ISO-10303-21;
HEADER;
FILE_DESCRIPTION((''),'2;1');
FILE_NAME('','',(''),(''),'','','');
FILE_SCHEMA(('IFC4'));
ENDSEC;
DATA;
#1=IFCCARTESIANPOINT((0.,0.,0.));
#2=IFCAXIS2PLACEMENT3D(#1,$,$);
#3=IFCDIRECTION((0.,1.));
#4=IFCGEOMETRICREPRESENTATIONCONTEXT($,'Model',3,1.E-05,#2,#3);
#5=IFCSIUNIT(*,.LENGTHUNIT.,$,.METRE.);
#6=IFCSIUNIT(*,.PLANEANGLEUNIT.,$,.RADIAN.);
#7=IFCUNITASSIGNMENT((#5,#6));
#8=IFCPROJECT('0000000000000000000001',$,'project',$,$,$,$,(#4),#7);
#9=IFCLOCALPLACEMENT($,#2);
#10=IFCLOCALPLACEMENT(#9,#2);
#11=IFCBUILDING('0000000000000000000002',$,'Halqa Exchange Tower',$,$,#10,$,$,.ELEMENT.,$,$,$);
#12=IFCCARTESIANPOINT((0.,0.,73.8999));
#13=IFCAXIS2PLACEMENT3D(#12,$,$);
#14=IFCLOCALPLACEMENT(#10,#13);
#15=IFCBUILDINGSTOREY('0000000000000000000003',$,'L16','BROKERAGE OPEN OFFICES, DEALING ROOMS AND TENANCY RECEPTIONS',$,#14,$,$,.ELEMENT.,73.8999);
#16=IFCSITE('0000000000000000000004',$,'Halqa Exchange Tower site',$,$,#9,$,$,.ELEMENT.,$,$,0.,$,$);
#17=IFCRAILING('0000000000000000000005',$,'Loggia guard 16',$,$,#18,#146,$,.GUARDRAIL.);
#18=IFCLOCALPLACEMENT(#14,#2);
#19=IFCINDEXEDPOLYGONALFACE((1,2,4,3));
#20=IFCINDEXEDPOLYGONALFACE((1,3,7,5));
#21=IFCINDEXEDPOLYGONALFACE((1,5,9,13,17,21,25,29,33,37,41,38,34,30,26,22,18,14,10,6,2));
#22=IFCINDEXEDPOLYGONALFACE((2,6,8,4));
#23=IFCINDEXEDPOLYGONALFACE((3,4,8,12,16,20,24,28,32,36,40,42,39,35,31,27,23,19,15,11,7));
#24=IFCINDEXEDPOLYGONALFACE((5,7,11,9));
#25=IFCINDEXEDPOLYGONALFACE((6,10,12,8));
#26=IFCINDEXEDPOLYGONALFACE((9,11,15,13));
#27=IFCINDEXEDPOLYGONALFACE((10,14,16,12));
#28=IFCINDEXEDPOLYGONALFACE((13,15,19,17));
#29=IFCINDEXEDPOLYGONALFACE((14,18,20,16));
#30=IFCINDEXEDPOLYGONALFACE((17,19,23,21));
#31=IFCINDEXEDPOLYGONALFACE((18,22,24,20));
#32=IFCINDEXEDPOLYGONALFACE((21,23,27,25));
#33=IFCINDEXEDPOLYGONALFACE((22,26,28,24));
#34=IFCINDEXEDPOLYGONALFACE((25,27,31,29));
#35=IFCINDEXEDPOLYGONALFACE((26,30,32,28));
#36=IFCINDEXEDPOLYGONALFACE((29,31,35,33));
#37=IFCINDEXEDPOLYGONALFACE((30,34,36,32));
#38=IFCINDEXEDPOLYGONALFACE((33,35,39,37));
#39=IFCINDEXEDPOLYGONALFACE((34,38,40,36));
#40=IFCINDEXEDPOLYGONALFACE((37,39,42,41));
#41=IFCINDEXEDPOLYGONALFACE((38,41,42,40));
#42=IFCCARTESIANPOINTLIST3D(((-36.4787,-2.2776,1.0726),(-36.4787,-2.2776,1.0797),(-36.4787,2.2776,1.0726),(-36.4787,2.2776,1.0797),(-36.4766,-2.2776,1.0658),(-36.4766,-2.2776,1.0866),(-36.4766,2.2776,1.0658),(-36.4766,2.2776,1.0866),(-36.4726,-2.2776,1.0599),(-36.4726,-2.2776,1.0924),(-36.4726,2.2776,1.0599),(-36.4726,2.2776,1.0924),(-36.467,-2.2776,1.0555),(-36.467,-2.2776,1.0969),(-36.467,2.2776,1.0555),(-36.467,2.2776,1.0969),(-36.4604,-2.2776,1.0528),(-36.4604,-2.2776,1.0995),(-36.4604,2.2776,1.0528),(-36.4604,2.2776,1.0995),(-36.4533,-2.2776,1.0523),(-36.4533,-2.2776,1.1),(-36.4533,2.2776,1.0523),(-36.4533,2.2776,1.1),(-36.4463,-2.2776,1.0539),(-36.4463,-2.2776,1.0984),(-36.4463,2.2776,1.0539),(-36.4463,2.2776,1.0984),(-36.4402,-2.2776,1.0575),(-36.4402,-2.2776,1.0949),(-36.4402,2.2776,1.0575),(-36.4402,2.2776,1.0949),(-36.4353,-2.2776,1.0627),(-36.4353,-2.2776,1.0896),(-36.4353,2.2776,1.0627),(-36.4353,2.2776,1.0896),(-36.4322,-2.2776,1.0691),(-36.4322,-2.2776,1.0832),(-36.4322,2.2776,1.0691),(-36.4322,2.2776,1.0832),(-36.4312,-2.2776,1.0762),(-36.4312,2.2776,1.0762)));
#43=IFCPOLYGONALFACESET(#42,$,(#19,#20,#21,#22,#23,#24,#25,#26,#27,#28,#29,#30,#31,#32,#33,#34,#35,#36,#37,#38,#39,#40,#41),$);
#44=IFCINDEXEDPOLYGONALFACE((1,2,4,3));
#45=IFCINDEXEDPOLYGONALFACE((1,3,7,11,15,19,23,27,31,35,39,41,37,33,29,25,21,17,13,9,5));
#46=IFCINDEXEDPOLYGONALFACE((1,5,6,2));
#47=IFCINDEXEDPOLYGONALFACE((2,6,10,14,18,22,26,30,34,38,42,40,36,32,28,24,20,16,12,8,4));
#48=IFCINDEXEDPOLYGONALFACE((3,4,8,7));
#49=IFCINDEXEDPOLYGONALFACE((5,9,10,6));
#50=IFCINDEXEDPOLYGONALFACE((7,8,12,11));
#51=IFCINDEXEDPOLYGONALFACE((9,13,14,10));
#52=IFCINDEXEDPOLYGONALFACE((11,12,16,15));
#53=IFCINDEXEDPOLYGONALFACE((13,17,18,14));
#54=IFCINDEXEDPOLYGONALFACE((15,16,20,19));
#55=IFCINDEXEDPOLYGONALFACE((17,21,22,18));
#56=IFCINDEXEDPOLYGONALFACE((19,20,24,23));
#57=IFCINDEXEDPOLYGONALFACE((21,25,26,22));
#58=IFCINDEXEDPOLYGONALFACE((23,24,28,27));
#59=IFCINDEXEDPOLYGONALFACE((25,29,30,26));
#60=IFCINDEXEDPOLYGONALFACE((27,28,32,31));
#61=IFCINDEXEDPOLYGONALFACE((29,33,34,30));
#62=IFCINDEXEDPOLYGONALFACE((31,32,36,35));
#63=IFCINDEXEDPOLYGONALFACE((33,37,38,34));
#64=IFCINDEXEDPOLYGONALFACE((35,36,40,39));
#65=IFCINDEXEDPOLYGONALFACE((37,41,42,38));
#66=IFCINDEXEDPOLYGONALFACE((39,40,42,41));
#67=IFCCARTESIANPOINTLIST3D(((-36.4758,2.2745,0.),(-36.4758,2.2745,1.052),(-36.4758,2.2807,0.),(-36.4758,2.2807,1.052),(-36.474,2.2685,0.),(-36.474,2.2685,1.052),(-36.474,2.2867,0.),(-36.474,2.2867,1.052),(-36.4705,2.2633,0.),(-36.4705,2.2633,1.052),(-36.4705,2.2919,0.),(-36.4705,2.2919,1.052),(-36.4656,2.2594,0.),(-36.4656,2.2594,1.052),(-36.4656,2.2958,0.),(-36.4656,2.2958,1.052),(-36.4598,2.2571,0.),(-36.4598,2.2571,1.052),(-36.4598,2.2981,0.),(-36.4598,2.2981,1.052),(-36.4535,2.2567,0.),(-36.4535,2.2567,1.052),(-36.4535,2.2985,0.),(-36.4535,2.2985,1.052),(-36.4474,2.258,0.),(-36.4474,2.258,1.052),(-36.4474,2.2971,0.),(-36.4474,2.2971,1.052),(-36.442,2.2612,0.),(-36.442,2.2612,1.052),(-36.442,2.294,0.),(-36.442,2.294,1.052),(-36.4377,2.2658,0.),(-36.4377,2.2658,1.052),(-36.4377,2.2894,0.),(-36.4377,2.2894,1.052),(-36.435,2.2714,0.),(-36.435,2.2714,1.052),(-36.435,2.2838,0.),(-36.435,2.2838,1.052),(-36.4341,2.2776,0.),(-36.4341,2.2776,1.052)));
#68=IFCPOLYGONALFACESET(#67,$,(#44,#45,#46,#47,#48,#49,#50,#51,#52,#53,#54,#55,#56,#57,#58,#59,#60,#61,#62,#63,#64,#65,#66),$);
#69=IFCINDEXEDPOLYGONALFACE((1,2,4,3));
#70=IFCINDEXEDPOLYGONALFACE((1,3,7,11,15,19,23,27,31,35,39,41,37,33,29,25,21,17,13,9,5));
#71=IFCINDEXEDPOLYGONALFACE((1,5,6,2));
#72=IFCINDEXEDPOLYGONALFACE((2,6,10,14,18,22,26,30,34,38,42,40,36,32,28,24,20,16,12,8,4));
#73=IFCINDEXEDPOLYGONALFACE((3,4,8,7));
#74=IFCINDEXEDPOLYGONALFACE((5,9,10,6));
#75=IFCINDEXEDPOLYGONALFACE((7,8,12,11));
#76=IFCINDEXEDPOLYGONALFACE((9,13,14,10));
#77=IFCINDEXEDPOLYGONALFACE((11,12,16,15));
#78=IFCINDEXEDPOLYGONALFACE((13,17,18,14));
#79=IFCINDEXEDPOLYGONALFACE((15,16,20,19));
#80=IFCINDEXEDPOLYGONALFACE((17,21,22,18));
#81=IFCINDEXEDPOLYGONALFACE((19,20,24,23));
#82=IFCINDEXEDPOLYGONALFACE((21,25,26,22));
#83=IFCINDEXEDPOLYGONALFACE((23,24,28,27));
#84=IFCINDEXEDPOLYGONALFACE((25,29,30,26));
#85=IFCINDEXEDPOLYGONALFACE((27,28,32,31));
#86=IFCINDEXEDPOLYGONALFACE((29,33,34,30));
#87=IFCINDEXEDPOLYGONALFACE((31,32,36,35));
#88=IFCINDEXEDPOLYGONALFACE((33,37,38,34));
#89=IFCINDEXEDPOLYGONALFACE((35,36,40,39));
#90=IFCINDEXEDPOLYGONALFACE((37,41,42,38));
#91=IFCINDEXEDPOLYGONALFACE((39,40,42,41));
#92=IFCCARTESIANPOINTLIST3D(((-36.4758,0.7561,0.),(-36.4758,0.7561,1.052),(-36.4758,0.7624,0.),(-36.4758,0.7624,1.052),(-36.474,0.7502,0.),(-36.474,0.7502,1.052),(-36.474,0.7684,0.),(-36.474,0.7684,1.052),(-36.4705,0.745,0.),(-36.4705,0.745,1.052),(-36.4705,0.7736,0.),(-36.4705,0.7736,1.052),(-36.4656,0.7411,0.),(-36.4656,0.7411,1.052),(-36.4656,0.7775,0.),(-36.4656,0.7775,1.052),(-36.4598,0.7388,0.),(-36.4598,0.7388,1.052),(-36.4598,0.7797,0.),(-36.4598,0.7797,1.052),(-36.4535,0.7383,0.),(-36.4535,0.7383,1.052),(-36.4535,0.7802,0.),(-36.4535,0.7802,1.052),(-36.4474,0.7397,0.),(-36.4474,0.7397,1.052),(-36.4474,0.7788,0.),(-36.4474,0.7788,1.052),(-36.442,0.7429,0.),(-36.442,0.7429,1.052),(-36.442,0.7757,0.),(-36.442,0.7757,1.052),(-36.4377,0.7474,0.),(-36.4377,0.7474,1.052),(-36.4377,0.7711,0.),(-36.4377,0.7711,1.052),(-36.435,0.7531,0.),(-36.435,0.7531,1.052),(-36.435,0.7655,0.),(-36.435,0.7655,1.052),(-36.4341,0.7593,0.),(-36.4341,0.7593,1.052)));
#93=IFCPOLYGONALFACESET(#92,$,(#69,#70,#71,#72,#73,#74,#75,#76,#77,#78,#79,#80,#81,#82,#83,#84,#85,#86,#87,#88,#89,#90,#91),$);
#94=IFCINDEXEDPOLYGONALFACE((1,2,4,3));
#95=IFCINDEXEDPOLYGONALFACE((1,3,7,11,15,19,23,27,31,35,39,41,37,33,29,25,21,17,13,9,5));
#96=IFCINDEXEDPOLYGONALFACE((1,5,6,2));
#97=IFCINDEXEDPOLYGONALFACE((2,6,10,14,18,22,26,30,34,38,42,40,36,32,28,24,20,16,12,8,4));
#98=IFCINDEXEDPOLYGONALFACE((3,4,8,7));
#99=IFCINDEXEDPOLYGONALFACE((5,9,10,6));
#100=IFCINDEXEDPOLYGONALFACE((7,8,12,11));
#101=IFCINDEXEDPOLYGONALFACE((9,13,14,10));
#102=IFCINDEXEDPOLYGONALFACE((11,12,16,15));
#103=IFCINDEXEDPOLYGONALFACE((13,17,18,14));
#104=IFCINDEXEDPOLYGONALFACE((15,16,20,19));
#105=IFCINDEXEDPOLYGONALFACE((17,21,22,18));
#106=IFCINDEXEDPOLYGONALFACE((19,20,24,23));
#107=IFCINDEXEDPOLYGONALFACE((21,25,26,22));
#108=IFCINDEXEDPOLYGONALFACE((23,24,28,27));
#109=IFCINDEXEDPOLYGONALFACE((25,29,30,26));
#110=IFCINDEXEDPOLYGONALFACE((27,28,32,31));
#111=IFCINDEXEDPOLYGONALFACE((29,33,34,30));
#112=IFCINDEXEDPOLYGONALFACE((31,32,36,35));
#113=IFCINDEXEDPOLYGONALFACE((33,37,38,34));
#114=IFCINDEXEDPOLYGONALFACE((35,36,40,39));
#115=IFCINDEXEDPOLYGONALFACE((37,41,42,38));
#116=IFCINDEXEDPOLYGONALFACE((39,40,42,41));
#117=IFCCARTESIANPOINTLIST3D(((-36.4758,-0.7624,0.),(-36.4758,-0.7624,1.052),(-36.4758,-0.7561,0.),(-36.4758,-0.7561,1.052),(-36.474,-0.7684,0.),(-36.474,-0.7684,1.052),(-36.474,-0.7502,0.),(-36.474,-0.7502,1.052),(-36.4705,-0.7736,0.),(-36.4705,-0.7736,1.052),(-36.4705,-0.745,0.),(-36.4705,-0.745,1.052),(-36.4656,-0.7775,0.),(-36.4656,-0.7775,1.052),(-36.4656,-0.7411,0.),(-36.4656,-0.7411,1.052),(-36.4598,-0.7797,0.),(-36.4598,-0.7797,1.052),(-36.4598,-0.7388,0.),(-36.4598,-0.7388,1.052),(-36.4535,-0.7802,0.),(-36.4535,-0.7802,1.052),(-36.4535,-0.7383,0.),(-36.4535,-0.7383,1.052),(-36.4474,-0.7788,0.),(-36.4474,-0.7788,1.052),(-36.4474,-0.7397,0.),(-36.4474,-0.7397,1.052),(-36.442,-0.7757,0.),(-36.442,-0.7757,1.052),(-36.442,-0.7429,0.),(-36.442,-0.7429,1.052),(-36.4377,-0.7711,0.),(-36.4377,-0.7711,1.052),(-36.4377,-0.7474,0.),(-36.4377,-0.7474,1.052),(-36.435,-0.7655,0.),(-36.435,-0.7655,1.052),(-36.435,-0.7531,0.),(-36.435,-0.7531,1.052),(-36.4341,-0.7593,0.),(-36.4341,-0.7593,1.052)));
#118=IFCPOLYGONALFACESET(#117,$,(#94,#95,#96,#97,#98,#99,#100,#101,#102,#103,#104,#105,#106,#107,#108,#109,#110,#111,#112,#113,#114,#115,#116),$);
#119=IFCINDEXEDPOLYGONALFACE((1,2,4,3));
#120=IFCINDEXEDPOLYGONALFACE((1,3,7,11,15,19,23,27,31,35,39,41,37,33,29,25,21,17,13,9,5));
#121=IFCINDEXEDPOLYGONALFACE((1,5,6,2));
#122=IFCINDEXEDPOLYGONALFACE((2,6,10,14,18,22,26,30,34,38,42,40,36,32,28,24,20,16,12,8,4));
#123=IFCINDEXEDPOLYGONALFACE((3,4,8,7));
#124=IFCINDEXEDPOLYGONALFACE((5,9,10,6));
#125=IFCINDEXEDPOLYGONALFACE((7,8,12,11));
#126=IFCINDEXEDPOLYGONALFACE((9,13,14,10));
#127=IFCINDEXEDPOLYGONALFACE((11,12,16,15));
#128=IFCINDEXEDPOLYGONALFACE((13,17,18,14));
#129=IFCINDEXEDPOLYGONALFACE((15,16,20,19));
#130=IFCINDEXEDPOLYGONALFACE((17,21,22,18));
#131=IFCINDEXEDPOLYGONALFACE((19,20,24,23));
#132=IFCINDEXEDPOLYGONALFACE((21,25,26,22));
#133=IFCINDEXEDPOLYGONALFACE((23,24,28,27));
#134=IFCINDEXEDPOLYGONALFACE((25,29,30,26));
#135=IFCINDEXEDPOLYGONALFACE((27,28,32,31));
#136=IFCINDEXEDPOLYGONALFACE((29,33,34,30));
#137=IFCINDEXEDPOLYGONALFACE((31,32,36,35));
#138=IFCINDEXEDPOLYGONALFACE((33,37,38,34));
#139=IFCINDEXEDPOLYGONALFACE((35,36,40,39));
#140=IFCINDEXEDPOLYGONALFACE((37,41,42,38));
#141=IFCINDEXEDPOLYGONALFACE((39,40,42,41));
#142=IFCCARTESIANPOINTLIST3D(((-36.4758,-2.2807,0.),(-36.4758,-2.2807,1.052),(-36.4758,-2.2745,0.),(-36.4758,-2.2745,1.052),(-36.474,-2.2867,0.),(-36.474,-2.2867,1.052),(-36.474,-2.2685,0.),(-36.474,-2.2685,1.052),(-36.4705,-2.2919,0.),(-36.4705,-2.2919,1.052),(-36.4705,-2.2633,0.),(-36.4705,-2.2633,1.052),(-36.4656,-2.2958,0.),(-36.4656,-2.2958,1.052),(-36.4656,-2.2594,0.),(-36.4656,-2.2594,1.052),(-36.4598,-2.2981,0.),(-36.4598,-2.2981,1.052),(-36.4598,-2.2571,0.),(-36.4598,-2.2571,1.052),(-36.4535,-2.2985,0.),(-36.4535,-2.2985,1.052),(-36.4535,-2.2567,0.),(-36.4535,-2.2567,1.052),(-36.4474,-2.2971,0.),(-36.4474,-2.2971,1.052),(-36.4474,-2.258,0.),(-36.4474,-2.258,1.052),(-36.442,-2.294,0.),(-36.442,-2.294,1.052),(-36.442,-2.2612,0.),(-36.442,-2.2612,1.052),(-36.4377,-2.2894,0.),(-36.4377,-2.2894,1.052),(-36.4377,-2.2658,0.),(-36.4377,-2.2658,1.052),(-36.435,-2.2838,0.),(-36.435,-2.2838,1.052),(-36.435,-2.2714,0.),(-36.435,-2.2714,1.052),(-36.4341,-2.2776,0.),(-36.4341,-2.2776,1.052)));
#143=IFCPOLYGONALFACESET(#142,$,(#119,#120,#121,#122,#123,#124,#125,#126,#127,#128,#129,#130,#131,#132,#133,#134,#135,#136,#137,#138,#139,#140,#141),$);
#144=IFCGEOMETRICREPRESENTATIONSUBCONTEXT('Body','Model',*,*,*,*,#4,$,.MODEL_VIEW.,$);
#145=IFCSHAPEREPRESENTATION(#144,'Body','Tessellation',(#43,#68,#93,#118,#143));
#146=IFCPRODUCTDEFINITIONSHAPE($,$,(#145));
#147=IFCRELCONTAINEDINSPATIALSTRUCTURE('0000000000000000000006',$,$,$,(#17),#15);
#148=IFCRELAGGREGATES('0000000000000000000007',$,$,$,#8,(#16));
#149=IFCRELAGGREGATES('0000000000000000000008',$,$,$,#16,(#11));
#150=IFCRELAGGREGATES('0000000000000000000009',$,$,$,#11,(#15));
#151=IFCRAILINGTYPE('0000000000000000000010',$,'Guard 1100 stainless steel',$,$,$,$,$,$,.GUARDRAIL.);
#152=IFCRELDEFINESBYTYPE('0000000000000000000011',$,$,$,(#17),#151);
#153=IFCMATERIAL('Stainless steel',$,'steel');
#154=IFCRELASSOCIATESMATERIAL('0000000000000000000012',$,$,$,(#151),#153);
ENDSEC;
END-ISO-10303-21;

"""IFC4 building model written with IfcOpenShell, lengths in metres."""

from ifc_helpers import new_model, si_unit, direction, frame, origin, origin_2d, place, context, subcontext, project, spatial, circle, extrude, material, type_object, element, save


model = new_model("IFC4")

# Units and contexts
model_context = context("Model", 3, precision=1e-05, world=origin(), true_north=direction((0.0, 1.0)))
body_context = subcontext(model_context, "Body", "Model", "MODEL_VIEW")
ifc_project = project(units=[si_unit("LENGTHUNIT", "METRE"), si_unit("PLANEANGLEUNIT", "RADIAN")], contexts=[model_context])

# Site, building, storey
site_placement = place(None, origin())
site = spatial("IfcSite", under=ifc_project, at=site_placement, Name="Halqa Exchange Tower site", CompositionType="ELEMENT", RefElevation=0.0)
building_placement = place(site_placement, origin())
building = spatial("IfcBuilding", under=site, at=building_placement, Name="Halqa Exchange Tower", CompositionType="ELEMENT")
storey_placement = place(building_placement, frame((0.0, 0.0, 73.8999)))
storey = spatial("IfcBuildingStorey", under=building, at=storey_placement, Name="L16", Description="BROKERAGE OPEN OFFICES, DEALING ROOMS AND TENANCY RECEPTIONS", CompositionType="ELEMENT", Elevation=73.8999)

# Railing
ifc_material_1 = material(Name="Stainless steel", Category="steel")
railing_type = type_object("IfcRailingType", Name="Guard 1100 stainless steel", PredefinedType="GUARDRAIL", material=ifc_material_1)
railing_1_placement = place(storey_placement, frame((-36.4551, 2.2776, 0.0)))
element("IfcRailing", 1, at=railing_1_placement, inside=storey, type_object=railing_type, Name="Loggia guard 16", PredefinedType="GUARDRAIL", context=body_context, shape_type="SweptSolid", body=[
    extrude(circle(Radius=0.0239, at=origin_2d()), frame((0.0, 0.0, 1.0762), z_axis=(0.0, -1.0, 0.0), x_axis=(1.0, 0.0, 0.0)), (0.0, 0.0, 1.0), 4.5552),
    extrude(circle(Radius=0.021, at=origin_2d()), origin(), (0.0, 0.0, 1.0), 1.052),
    extrude(circle(Radius=0.021, at=origin_2d()), frame((0.0, -1.5183, 0.0)), (0.0, 0.0, 1.0), 1.052),
    extrude(circle(Radius=0.021, at=origin_2d()), frame((0.0, -3.0369, 0.0)), (0.0, 0.0, 1.0), 1.052),
    extrude(circle(Radius=0.021, at=origin_2d()), frame((0.0, -4.5552, 0.0)), (0.0, 0.0, 1.0), 1.052),
])

save(model, "model.ifc")
